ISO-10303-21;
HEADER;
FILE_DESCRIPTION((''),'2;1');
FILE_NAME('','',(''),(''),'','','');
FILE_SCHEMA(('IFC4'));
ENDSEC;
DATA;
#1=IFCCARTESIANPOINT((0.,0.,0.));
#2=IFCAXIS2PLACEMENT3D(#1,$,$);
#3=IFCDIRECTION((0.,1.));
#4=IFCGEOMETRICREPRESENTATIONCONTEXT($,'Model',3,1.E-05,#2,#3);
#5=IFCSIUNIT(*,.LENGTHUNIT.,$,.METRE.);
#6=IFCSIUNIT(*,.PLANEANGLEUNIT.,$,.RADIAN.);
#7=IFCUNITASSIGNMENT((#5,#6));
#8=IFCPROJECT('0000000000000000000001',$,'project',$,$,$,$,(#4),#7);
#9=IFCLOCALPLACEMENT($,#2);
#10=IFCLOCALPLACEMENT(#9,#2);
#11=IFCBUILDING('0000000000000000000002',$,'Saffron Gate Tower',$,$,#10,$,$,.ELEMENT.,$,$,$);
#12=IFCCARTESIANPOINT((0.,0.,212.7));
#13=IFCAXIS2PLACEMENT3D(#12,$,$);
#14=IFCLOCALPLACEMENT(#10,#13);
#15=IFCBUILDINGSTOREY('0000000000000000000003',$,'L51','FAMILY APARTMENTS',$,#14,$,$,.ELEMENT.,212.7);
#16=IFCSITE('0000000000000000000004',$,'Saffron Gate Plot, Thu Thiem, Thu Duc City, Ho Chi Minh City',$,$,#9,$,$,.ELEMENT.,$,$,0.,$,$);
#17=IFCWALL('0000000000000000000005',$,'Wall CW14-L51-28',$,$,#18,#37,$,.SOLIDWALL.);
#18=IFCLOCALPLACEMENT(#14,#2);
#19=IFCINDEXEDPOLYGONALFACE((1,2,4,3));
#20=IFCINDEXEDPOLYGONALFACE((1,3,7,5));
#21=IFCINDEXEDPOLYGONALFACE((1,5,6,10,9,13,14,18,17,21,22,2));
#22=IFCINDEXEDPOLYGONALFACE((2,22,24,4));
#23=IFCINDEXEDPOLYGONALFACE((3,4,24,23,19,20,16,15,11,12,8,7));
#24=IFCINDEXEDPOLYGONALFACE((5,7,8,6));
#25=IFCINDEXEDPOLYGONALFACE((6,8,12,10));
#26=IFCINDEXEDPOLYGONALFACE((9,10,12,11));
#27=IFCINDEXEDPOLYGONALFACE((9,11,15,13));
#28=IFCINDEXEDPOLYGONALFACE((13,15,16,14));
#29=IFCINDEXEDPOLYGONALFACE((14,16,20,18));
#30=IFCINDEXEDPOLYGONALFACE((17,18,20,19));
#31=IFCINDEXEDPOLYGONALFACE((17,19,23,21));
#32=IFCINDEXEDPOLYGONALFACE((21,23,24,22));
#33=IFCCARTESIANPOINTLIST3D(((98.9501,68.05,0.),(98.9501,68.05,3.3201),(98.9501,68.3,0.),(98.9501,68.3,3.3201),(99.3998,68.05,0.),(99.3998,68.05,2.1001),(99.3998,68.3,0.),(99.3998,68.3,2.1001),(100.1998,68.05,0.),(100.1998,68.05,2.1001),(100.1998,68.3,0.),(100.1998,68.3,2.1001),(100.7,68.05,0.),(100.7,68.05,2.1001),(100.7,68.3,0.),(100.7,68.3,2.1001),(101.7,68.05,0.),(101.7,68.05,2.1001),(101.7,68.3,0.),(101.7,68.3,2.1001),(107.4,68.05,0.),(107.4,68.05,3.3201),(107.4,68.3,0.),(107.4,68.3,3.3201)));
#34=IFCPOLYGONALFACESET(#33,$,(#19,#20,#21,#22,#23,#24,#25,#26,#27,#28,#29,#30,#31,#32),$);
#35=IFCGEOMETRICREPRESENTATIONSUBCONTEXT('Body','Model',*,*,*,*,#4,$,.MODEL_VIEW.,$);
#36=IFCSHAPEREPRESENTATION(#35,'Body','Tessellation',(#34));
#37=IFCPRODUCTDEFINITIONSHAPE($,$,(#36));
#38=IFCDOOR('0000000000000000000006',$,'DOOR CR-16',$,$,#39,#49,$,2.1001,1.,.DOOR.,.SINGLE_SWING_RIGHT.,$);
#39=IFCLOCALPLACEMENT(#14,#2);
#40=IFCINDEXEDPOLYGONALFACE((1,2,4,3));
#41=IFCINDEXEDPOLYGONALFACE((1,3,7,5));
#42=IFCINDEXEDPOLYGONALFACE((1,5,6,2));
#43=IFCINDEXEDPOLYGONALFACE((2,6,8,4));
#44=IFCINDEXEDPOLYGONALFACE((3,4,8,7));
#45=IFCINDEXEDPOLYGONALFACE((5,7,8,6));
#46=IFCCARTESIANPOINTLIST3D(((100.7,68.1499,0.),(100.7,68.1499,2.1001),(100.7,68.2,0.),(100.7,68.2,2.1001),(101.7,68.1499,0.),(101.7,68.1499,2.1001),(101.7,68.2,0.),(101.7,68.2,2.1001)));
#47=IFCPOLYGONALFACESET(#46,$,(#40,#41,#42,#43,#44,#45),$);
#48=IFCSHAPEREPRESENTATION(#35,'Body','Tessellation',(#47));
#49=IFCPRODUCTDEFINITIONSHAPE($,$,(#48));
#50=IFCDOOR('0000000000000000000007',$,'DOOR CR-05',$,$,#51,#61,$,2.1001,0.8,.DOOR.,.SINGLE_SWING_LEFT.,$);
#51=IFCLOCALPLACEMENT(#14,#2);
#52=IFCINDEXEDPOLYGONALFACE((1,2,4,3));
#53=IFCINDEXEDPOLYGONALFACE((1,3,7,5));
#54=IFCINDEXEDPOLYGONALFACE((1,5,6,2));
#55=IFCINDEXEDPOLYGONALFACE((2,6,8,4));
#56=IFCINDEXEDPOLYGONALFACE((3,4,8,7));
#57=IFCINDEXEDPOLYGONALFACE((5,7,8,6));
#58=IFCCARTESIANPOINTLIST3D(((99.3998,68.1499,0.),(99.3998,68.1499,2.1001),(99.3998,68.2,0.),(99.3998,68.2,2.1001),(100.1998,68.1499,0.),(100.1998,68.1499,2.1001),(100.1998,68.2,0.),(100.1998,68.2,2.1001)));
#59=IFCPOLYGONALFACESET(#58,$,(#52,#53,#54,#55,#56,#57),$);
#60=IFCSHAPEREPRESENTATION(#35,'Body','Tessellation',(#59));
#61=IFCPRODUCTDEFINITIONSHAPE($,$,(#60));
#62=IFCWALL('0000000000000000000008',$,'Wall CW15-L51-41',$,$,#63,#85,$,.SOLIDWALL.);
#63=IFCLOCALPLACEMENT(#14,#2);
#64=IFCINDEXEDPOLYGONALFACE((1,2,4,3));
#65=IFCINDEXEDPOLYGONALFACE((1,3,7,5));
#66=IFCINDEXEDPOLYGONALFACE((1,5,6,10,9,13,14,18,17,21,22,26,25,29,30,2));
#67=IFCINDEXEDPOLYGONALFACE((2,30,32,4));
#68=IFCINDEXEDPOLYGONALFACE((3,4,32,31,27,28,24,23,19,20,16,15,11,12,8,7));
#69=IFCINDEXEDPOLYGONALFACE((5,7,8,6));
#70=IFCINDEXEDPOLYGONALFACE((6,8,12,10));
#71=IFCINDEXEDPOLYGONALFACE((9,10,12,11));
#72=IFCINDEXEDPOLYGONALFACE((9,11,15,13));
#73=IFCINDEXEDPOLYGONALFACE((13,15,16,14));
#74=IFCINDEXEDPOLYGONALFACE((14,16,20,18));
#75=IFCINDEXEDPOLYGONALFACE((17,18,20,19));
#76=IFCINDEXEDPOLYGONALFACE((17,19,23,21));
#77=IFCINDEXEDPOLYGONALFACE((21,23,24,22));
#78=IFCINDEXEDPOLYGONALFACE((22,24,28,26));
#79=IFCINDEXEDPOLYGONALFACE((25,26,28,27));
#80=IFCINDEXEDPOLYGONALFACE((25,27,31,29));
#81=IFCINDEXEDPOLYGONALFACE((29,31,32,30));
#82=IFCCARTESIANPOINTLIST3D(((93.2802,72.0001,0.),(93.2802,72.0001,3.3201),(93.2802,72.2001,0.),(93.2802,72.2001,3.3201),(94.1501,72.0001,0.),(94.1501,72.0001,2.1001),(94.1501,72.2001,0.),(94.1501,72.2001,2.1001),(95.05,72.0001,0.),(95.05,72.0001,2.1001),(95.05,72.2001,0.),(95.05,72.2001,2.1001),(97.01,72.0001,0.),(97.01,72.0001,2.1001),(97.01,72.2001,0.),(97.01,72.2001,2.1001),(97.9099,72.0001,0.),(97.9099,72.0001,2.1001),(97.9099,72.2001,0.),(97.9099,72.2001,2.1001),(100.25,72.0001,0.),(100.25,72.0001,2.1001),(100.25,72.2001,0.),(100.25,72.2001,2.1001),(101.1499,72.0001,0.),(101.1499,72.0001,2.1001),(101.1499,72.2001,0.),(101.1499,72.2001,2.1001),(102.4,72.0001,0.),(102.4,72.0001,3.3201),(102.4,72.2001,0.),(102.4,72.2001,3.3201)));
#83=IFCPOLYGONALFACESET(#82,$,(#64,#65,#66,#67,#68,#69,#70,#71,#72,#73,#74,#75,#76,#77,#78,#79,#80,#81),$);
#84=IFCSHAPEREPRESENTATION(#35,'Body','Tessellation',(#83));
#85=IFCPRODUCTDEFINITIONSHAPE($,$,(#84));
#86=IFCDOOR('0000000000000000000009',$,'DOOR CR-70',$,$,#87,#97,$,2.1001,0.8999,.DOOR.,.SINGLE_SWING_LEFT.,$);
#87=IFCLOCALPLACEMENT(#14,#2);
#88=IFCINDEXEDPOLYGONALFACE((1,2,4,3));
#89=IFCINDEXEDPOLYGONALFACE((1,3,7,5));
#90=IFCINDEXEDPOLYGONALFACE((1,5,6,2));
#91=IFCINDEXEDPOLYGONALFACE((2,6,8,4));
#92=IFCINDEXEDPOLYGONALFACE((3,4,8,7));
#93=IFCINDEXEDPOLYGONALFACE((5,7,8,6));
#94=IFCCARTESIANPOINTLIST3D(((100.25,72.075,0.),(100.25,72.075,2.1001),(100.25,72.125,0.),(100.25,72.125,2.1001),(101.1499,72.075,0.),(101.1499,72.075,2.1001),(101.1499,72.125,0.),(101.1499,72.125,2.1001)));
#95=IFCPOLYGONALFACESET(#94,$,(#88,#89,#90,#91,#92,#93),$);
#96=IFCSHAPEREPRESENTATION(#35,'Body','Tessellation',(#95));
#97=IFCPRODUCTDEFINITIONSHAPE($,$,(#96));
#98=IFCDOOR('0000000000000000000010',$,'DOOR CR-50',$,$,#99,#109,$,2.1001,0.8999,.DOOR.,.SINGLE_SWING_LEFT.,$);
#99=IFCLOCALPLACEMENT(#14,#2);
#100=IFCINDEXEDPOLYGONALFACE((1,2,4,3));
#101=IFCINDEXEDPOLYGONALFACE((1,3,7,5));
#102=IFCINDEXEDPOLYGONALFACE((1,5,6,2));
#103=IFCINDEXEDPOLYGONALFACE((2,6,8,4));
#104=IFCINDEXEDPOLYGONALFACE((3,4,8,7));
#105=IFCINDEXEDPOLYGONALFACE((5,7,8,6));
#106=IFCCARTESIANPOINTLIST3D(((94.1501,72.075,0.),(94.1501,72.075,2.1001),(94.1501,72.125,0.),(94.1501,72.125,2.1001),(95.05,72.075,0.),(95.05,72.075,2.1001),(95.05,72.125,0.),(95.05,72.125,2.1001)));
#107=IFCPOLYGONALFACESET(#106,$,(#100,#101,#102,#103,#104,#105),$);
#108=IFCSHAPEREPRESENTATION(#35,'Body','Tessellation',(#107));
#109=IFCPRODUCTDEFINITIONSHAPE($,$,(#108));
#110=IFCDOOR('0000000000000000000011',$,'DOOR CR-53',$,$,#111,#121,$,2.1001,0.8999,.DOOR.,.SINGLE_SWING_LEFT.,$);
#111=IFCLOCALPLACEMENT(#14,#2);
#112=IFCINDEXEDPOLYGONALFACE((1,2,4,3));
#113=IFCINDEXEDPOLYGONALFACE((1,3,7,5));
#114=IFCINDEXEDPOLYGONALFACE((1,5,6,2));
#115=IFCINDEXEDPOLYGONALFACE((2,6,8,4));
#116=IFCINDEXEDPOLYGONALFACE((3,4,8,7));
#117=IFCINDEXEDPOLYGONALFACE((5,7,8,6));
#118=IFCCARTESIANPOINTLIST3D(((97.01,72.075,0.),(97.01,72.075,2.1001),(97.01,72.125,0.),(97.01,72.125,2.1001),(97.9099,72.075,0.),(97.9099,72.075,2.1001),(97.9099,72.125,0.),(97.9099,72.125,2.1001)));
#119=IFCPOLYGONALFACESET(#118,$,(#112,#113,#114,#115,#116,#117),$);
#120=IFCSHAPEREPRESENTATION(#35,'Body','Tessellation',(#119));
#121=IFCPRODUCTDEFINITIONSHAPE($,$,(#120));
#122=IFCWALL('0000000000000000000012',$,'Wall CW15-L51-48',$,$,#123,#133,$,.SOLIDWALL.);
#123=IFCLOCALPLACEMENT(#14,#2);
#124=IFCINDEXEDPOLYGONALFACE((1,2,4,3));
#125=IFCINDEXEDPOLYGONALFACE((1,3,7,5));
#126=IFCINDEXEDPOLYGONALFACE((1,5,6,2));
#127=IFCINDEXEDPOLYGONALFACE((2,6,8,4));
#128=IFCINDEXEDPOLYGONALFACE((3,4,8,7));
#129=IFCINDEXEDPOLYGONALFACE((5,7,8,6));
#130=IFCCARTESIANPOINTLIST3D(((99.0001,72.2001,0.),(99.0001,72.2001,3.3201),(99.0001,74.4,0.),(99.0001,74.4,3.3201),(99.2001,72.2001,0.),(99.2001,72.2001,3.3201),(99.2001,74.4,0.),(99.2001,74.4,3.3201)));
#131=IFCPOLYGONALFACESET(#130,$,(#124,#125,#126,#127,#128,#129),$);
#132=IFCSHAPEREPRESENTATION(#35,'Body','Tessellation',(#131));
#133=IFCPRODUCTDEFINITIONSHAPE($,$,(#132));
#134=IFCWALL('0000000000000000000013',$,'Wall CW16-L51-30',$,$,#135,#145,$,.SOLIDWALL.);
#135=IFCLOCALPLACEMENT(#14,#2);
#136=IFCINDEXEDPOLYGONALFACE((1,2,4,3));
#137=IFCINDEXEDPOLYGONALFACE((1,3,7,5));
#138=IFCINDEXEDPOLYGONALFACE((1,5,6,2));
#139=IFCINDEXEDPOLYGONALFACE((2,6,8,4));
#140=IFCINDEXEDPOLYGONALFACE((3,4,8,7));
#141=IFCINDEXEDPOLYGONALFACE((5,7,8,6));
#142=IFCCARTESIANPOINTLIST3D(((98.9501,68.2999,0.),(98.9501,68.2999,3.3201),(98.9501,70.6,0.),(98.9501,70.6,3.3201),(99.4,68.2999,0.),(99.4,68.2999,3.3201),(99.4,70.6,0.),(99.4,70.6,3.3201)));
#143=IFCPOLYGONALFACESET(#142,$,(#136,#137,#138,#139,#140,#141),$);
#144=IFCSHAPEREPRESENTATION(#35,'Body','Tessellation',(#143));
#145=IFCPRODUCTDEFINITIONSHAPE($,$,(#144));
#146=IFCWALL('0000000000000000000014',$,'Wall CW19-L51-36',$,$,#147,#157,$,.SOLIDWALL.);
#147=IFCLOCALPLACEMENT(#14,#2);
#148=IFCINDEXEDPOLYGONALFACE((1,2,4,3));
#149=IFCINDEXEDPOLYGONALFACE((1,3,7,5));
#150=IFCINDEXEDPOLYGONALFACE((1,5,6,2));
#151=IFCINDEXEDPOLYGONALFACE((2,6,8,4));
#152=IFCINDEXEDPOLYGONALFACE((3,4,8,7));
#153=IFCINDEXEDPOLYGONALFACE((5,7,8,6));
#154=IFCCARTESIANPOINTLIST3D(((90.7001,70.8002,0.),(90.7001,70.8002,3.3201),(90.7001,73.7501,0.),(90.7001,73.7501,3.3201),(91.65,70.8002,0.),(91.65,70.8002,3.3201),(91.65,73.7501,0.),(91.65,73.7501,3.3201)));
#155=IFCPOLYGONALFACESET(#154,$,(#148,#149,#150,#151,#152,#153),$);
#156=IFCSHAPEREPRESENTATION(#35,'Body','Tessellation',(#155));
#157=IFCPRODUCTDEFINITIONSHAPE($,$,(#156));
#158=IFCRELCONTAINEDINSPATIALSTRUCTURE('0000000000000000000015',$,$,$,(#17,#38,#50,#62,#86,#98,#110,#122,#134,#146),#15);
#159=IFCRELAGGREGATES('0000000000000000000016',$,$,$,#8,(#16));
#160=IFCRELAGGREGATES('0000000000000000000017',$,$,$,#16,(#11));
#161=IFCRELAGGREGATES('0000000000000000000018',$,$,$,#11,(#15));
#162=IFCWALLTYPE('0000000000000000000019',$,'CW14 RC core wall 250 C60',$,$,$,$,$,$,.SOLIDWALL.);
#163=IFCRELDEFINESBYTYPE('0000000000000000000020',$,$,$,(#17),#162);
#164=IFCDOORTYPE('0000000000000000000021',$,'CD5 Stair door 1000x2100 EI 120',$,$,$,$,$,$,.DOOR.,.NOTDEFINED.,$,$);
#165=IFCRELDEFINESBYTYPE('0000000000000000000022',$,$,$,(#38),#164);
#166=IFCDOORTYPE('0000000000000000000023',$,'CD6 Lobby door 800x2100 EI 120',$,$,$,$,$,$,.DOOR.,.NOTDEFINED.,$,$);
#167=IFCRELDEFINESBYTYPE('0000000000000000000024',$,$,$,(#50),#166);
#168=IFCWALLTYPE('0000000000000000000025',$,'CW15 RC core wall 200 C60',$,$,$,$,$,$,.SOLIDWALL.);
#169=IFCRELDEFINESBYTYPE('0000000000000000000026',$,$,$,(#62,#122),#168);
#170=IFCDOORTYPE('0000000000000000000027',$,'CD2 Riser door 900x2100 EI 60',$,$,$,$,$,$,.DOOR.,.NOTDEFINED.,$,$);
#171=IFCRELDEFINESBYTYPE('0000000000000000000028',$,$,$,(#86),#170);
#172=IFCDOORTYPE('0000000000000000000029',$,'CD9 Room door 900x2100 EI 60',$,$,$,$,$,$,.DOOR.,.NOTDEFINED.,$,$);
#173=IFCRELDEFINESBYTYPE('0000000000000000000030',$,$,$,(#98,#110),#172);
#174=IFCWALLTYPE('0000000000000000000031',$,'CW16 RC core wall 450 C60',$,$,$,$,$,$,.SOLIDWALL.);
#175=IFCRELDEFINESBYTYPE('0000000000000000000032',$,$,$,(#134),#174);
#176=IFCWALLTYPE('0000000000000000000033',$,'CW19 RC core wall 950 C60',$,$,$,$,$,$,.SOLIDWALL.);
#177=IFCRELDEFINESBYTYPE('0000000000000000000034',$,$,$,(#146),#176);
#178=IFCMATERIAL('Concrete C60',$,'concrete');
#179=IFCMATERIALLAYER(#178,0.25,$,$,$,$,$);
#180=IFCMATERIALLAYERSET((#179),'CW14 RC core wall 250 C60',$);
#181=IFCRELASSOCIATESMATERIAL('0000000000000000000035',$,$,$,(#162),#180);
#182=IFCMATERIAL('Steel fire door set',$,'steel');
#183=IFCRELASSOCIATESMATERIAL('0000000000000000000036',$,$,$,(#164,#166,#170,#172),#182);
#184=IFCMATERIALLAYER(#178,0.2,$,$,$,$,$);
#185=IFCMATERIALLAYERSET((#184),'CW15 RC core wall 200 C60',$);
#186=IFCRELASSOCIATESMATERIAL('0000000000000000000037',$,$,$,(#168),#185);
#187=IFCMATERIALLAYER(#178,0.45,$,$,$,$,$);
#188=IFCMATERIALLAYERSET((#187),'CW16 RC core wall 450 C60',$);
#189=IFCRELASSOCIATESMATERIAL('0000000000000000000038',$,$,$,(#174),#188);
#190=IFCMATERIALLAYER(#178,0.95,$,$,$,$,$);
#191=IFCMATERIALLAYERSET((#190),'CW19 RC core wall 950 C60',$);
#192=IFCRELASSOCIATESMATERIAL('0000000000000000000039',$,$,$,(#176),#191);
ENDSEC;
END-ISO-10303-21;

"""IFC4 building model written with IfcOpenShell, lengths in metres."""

from ifc_helpers import new_model, si_unit, direction, frame, frame_2d, origin, place, context, subcontext, project, spatial, rectangle, extrude, material, layer, layer_set, type_object, element, fill, save


model = new_model("IFC4")

# Units and contexts
model_context = context("Model", 3, precision=1e-05, world=origin(), true_north=direction((0.0, 1.0)))
body_context = subcontext(model_context, "Body", "Model", "MODEL_VIEW")
ifc_project = project(units=[si_unit("LENGTHUNIT", "METRE"), si_unit("PLANEANGLEUNIT", "RADIAN")], contexts=[model_context])

# Site, building, storey
site_placement = place(None, origin())
site = spatial("IfcSite", under=ifc_project, at=site_placement, Name="Saffron Gate Plot, Thu Thiem, Thu Duc City, Ho Chi Minh City", CompositionType="ELEMENT", RefElevation=0.0)
building_placement = place(site_placement, origin())
building = spatial("IfcBuilding", under=site, at=building_placement, Name="Saffron Gate Tower", CompositionType="ELEMENT")
storey_placement = place(building_placement, frame((0.0, 0.0, 212.7)))
storey = spatial("IfcBuildingStorey", under=building, at=storey_placement, Name="L51", Description="FAMILY APARTMENTS", CompositionType="ELEMENT", Elevation=212.7)

# Walls, openings, doors
ifc_material_1 = material(Name="Concrete C60", Category="concrete")
ifc_layer_1 = layer(ifc_material_1, 0.25)
ifc_layer_set_1 = layer_set([ifc_layer_1], Name="CW14 RC core wall 250 C60")
wall_type_1 = type_object("IfcWallType", Name="CW14 RC core wall 250 C60", PredefinedType="SOLIDWALL", material=ifc_layer_set_1)
wall_1_placement = place(storey_placement, frame((98.95, 68.175, 0.0), z_axis=(0.0, 0.0, 1.0), x_axis=(1.0, 0.0, 0.0)))
wall_1 = element("IfcWall", 1, at=wall_1_placement, inside=storey, type_object=wall_type_1, Name="Wall CW14-L51-28", PredefinedType="SOLIDWALL", context=body_context, shape_type="SweptSolid", body=[
    extrude(rectangle(XDim=8.45, YDim=0.25, at=frame_2d((4.2251, 0.0))), origin(), (0.0, 0.0, 1.0), 3.3201),
])
opening_1_placement = place(wall_1_placement, frame((0.45, 0.0, 0.0)))
opening_1 = element("IfcOpeningElement", 2, at=opening_1_placement, cuts=wall_1, PredefinedType="OPENING", context=body_context, shape_type="SweptSolid", body=[
    extrude(rectangle(XDim=0.8, YDim=2.1001, at=frame_2d((0.3999, 1.05))), frame((0.0, 0.135, 0.0), z_axis=(0.0, -1.0, 0.0), x_axis=(1.0, 0.0, 0.0)), (0.0, 0.0, 1.0), 0.27),
])
opening_2_placement = place(wall_1_placement, frame((1.75, 0.0, 0.0)))
opening_2 = element("IfcOpeningElement", 3, at=opening_2_placement, cuts=wall_1, PredefinedType="OPENING", context=body_context, shape_type="SweptSolid", body=[
    extrude(rectangle(XDim=1.0, YDim=2.1001, at=frame_2d((0.5, 1.05))), frame((0.0, 0.135, 0.0), z_axis=(0.0, -1.0, 0.0), x_axis=(1.0, 0.0, 0.0)), (0.0, 0.0, 1.0), 0.27),
])
ifc_material_2 = material(Name="Steel fire door set", Category="steel")
door_type_1 = type_object("IfcDoorType", Name="CD5 Stair door 1000x2100 EI 120", OperationType="NOTDEFINED", PredefinedType="DOOR", material=ifc_material_2)
door_1_placement = place(opening_2_placement, origin())
door_1 = element("IfcDoor", 4, at=door_1_placement, inside=storey, type_object=door_type_1, Name="DOOR CR-16", OperationType="SINGLE_SWING_RIGHT", OverallHeight=2.1001, OverallWidth=1.0, PredefinedType="DOOR", context=body_context, shape_type="SweptSolid", body=[
    extrude(rectangle(XDim=1.0, YDim=2.1001, at=frame_2d((0.5, 1.05))), frame((0.0, 0.0249, 0.0), z_axis=(0.0, -1.0, 0.0), x_axis=(1.0, 0.0, 0.0)), (0.0, 0.0, 1.0), 0.05),
])
fill(opening_2, door_1)
door_type_2 = type_object("IfcDoorType", Name="CD6 Lobby door 800x2100 EI 120", OperationType="NOTDEFINED", PredefinedType="DOOR", material=ifc_material_2)
door_2_placement = place(opening_1_placement, origin())
door_2 = element("IfcDoor", 5, at=door_2_placement, inside=storey, type_object=door_type_2, Name="DOOR CR-05", OperationType="SINGLE_SWING_LEFT", OverallHeight=2.1001, OverallWidth=0.8, PredefinedType="DOOR", context=body_context, shape_type="SweptSolid", body=[
    extrude(rectangle(XDim=0.8, YDim=2.1001, at=frame_2d((0.3999, 1.05))), frame((0.0, 0.0249, 0.0), z_axis=(0.0, -1.0, 0.0), x_axis=(1.0, 0.0, 0.0)), (0.0, 0.0, 1.0), 0.05),
])
fill(opening_1, door_2)
ifc_layer_2 = layer(ifc_material_1, 0.2)
ifc_layer_set_2 = layer_set([ifc_layer_2], Name="CW15 RC core wall 200 C60")
wall_type_2 = type_object("IfcWallType", Name="CW15 RC core wall 200 C60", PredefinedType="SOLIDWALL", material=ifc_layer_set_2)
wall_2_placement = place(storey_placement, frame((93.28, 72.1001, 0.0), z_axis=(0.0, 0.0, 1.0), x_axis=(1.0, 0.0, 0.0)))
wall_2 = element("IfcWall", 6, at=wall_2_placement, inside=storey, type_object=wall_type_2, Name="Wall CW15-L51-41", PredefinedType="SOLIDWALL", context=body_context, shape_type="SweptSolid", body=[
    extrude(rectangle(XDim=9.1199, YDim=0.2, at=frame_2d((4.5601, 0.0))), origin(), (0.0, 0.0, 1.0), 3.3201),
])
opening_3_placement = place(wall_2_placement, frame((0.8701, 0.0, 0.0)))
opening_3 = element("IfcOpeningElement", 7, at=opening_3_placement, cuts=wall_2, PredefinedType="OPENING", context=body_context, shape_type="SweptSolid", body=[
    extrude(rectangle(XDim=0.8999, YDim=2.1001, at=frame_2d((0.45, 1.05))), frame((0.0, 0.1099, 0.0), z_axis=(0.0, -1.0, 0.0), x_axis=(1.0, 0.0, 0.0)), (0.0, 0.0, 1.0), 0.22),
])
opening_4_placement = place(wall_2_placement, frame((3.73, 0.0, 0.0)))
opening_4 = element("IfcOpeningElement", 8, at=opening_4_placement, cuts=wall_2, PredefinedType="OPENING", context=body_context, shape_type="SweptSolid", body=[
    extrude(rectangle(XDim=0.8999, YDim=2.1001, at=frame_2d((0.45, 1.05))), frame((0.0, 0.1099, 0.0), z_axis=(0.0, -1.0, 0.0), x_axis=(1.0, 0.0, 0.0)), (0.0, 0.0, 1.0), 0.22),
])
opening_5_placement = place(wall_2_placement, frame((6.97, 0.0, 0.0)))
opening_5 = element("IfcOpeningElement", 9, at=opening_5_placement, cuts=wall_2, PredefinedType="OPENING", context=body_context, shape_type="SweptSolid", body=[
    extrude(rectangle(XDim=0.8999, YDim=2.1001, at=frame_2d((0.45, 1.05))), frame((0.0, 0.1099, 0.0), z_axis=(0.0, -1.0, 0.0), x_axis=(1.0, 0.0, 0.0)), (0.0, 0.0, 1.0), 0.22),
])
door_type_3 = type_object("IfcDoorType", Name="CD2 Riser door 900x2100 EI 60", OperationType="NOTDEFINED", PredefinedType="DOOR", material=ifc_material_2)
door_3_placement = place(opening_5_placement, origin())
door_3 = element("IfcDoor", 10, at=door_3_placement, inside=storey, type_object=door_type_3, Name="DOOR CR-70", OperationType="SINGLE_SWING_LEFT", OverallHeight=2.1001, OverallWidth=0.8999, PredefinedType="DOOR", context=body_context, shape_type="SweptSolid", body=[
    extrude(rectangle(XDim=0.8999, YDim=2.1001, at=frame_2d((0.45, 1.05))), frame((0.0, 0.0249, 0.0), z_axis=(0.0, -1.0, 0.0), x_axis=(1.0, 0.0, 0.0)), (0.0, 0.0, 1.0), 0.05),
])
fill(opening_5, door_3)
door_type_4 = type_object("IfcDoorType", Name="CD9 Room door 900x2100 EI 60", OperationType="NOTDEFINED", PredefinedType="DOOR", material=ifc_material_2)
door_4_placement = place(opening_3_placement, origin())
door_4 = element("IfcDoor", 11, at=door_4_placement, inside=storey, type_object=door_type_4, Name="DOOR CR-50", OperationType="SINGLE_SWING_LEFT", OverallHeight=2.1001, OverallWidth=0.8999, PredefinedType="DOOR", context=body_context, shape_type="SweptSolid", body=[
    extrude(rectangle(XDim=0.8999, YDim=2.1001, at=frame_2d((0.45, 1.05))), frame((0.0, 0.0249, 0.0), z_axis=(0.0, -1.0, 0.0), x_axis=(1.0, 0.0, 0.0)), (0.0, 0.0, 1.0), 0.05),
])
fill(opening_3, door_4)
door_5_placement = place(opening_4_placement, origin())
door_5 = element("IfcDoor", 12, at=door_5_placement, inside=storey, type_object=door_type_4, Name="DOOR CR-53", OperationType="SINGLE_SWING_LEFT", OverallHeight=2.1001, OverallWidth=0.8999, PredefinedType="DOOR", context=body_context, shape_type="SweptSolid", body=[
    extrude(rectangle(XDim=0.8999, YDim=2.1001, at=frame_2d((0.45, 1.05))), frame((0.0, 0.0249, 0.0), z_axis=(0.0, -1.0, 0.0), x_axis=(1.0, 0.0, 0.0)), (0.0, 0.0, 1.0), 0.05),
])
fill(opening_4, door_5)

# Walls
wall_3_placement = place(storey_placement, frame((99.1001, 72.2, 0.0), z_axis=(0.0, 0.0, 1.0), x_axis=(0.0, 1.0, 0.0)))
element("IfcWall", 13, at=wall_3_placement, inside=storey, type_object=wall_type_2, Name="Wall CW15-L51-48", PredefinedType="SOLIDWALL", context=body_context, shape_type="SweptSolid", body=[
    extrude(rectangle(XDim=2.2, YDim=0.2, at=frame_2d((1.1001, 0.0))), origin(), (0.0, 0.0, 1.0), 3.3201),
])
ifc_layer_3 = layer(ifc_material_1, 0.45)
ifc_layer_set_3 = layer_set([ifc_layer_3], Name="CW16 RC core wall 450 C60")
wall_type_3 = type_object("IfcWallType", Name="CW16 RC core wall 450 C60", PredefinedType="SOLIDWALL", material=ifc_layer_set_3)
wall_4_placement = place(storey_placement, frame((99.175, 68.3, 0.0), z_axis=(0.0, 0.0, 1.0), x_axis=(0.0, 1.0, 0.0)))
element("IfcWall", 14, at=wall_4_placement, inside=storey, type_object=wall_type_3, Name="Wall CW16-L51-30", PredefinedType="SOLIDWALL", context=body_context, shape_type="SweptSolid", body=[
    extrude(rectangle(XDim=2.3, YDim=0.45, at=frame_2d((1.1499, 0.0))), origin(), (0.0, 0.0, 1.0), 3.3201),
])
ifc_layer_4 = layer(ifc_material_1, 0.95)
ifc_layer_set_4 = layer_set([ifc_layer_4], Name="CW19 RC core wall 950 C60")
wall_type_4 = type_object("IfcWallType", Name="CW19 RC core wall 950 C60", PredefinedType="SOLIDWALL", material=ifc_layer_set_4)
wall_5_placement = place(storey_placement, frame((91.175, 70.8, 0.0), z_axis=(0.0, 0.0, 1.0), x_axis=(0.0, 1.0, 0.0)))
element("IfcWall", 15, at=wall_5_placement, inside=storey, type_object=wall_type_4, Name="Wall CW19-L51-36", PredefinedType="SOLIDWALL", context=body_context, shape_type="SweptSolid", body=[
    extrude(rectangle(XDim=2.95, YDim=0.95, at=frame_2d((1.4751, 0.0))), origin(), (0.0, 0.0, 1.0), 3.3201),
])

save(model, "model.ifc")
